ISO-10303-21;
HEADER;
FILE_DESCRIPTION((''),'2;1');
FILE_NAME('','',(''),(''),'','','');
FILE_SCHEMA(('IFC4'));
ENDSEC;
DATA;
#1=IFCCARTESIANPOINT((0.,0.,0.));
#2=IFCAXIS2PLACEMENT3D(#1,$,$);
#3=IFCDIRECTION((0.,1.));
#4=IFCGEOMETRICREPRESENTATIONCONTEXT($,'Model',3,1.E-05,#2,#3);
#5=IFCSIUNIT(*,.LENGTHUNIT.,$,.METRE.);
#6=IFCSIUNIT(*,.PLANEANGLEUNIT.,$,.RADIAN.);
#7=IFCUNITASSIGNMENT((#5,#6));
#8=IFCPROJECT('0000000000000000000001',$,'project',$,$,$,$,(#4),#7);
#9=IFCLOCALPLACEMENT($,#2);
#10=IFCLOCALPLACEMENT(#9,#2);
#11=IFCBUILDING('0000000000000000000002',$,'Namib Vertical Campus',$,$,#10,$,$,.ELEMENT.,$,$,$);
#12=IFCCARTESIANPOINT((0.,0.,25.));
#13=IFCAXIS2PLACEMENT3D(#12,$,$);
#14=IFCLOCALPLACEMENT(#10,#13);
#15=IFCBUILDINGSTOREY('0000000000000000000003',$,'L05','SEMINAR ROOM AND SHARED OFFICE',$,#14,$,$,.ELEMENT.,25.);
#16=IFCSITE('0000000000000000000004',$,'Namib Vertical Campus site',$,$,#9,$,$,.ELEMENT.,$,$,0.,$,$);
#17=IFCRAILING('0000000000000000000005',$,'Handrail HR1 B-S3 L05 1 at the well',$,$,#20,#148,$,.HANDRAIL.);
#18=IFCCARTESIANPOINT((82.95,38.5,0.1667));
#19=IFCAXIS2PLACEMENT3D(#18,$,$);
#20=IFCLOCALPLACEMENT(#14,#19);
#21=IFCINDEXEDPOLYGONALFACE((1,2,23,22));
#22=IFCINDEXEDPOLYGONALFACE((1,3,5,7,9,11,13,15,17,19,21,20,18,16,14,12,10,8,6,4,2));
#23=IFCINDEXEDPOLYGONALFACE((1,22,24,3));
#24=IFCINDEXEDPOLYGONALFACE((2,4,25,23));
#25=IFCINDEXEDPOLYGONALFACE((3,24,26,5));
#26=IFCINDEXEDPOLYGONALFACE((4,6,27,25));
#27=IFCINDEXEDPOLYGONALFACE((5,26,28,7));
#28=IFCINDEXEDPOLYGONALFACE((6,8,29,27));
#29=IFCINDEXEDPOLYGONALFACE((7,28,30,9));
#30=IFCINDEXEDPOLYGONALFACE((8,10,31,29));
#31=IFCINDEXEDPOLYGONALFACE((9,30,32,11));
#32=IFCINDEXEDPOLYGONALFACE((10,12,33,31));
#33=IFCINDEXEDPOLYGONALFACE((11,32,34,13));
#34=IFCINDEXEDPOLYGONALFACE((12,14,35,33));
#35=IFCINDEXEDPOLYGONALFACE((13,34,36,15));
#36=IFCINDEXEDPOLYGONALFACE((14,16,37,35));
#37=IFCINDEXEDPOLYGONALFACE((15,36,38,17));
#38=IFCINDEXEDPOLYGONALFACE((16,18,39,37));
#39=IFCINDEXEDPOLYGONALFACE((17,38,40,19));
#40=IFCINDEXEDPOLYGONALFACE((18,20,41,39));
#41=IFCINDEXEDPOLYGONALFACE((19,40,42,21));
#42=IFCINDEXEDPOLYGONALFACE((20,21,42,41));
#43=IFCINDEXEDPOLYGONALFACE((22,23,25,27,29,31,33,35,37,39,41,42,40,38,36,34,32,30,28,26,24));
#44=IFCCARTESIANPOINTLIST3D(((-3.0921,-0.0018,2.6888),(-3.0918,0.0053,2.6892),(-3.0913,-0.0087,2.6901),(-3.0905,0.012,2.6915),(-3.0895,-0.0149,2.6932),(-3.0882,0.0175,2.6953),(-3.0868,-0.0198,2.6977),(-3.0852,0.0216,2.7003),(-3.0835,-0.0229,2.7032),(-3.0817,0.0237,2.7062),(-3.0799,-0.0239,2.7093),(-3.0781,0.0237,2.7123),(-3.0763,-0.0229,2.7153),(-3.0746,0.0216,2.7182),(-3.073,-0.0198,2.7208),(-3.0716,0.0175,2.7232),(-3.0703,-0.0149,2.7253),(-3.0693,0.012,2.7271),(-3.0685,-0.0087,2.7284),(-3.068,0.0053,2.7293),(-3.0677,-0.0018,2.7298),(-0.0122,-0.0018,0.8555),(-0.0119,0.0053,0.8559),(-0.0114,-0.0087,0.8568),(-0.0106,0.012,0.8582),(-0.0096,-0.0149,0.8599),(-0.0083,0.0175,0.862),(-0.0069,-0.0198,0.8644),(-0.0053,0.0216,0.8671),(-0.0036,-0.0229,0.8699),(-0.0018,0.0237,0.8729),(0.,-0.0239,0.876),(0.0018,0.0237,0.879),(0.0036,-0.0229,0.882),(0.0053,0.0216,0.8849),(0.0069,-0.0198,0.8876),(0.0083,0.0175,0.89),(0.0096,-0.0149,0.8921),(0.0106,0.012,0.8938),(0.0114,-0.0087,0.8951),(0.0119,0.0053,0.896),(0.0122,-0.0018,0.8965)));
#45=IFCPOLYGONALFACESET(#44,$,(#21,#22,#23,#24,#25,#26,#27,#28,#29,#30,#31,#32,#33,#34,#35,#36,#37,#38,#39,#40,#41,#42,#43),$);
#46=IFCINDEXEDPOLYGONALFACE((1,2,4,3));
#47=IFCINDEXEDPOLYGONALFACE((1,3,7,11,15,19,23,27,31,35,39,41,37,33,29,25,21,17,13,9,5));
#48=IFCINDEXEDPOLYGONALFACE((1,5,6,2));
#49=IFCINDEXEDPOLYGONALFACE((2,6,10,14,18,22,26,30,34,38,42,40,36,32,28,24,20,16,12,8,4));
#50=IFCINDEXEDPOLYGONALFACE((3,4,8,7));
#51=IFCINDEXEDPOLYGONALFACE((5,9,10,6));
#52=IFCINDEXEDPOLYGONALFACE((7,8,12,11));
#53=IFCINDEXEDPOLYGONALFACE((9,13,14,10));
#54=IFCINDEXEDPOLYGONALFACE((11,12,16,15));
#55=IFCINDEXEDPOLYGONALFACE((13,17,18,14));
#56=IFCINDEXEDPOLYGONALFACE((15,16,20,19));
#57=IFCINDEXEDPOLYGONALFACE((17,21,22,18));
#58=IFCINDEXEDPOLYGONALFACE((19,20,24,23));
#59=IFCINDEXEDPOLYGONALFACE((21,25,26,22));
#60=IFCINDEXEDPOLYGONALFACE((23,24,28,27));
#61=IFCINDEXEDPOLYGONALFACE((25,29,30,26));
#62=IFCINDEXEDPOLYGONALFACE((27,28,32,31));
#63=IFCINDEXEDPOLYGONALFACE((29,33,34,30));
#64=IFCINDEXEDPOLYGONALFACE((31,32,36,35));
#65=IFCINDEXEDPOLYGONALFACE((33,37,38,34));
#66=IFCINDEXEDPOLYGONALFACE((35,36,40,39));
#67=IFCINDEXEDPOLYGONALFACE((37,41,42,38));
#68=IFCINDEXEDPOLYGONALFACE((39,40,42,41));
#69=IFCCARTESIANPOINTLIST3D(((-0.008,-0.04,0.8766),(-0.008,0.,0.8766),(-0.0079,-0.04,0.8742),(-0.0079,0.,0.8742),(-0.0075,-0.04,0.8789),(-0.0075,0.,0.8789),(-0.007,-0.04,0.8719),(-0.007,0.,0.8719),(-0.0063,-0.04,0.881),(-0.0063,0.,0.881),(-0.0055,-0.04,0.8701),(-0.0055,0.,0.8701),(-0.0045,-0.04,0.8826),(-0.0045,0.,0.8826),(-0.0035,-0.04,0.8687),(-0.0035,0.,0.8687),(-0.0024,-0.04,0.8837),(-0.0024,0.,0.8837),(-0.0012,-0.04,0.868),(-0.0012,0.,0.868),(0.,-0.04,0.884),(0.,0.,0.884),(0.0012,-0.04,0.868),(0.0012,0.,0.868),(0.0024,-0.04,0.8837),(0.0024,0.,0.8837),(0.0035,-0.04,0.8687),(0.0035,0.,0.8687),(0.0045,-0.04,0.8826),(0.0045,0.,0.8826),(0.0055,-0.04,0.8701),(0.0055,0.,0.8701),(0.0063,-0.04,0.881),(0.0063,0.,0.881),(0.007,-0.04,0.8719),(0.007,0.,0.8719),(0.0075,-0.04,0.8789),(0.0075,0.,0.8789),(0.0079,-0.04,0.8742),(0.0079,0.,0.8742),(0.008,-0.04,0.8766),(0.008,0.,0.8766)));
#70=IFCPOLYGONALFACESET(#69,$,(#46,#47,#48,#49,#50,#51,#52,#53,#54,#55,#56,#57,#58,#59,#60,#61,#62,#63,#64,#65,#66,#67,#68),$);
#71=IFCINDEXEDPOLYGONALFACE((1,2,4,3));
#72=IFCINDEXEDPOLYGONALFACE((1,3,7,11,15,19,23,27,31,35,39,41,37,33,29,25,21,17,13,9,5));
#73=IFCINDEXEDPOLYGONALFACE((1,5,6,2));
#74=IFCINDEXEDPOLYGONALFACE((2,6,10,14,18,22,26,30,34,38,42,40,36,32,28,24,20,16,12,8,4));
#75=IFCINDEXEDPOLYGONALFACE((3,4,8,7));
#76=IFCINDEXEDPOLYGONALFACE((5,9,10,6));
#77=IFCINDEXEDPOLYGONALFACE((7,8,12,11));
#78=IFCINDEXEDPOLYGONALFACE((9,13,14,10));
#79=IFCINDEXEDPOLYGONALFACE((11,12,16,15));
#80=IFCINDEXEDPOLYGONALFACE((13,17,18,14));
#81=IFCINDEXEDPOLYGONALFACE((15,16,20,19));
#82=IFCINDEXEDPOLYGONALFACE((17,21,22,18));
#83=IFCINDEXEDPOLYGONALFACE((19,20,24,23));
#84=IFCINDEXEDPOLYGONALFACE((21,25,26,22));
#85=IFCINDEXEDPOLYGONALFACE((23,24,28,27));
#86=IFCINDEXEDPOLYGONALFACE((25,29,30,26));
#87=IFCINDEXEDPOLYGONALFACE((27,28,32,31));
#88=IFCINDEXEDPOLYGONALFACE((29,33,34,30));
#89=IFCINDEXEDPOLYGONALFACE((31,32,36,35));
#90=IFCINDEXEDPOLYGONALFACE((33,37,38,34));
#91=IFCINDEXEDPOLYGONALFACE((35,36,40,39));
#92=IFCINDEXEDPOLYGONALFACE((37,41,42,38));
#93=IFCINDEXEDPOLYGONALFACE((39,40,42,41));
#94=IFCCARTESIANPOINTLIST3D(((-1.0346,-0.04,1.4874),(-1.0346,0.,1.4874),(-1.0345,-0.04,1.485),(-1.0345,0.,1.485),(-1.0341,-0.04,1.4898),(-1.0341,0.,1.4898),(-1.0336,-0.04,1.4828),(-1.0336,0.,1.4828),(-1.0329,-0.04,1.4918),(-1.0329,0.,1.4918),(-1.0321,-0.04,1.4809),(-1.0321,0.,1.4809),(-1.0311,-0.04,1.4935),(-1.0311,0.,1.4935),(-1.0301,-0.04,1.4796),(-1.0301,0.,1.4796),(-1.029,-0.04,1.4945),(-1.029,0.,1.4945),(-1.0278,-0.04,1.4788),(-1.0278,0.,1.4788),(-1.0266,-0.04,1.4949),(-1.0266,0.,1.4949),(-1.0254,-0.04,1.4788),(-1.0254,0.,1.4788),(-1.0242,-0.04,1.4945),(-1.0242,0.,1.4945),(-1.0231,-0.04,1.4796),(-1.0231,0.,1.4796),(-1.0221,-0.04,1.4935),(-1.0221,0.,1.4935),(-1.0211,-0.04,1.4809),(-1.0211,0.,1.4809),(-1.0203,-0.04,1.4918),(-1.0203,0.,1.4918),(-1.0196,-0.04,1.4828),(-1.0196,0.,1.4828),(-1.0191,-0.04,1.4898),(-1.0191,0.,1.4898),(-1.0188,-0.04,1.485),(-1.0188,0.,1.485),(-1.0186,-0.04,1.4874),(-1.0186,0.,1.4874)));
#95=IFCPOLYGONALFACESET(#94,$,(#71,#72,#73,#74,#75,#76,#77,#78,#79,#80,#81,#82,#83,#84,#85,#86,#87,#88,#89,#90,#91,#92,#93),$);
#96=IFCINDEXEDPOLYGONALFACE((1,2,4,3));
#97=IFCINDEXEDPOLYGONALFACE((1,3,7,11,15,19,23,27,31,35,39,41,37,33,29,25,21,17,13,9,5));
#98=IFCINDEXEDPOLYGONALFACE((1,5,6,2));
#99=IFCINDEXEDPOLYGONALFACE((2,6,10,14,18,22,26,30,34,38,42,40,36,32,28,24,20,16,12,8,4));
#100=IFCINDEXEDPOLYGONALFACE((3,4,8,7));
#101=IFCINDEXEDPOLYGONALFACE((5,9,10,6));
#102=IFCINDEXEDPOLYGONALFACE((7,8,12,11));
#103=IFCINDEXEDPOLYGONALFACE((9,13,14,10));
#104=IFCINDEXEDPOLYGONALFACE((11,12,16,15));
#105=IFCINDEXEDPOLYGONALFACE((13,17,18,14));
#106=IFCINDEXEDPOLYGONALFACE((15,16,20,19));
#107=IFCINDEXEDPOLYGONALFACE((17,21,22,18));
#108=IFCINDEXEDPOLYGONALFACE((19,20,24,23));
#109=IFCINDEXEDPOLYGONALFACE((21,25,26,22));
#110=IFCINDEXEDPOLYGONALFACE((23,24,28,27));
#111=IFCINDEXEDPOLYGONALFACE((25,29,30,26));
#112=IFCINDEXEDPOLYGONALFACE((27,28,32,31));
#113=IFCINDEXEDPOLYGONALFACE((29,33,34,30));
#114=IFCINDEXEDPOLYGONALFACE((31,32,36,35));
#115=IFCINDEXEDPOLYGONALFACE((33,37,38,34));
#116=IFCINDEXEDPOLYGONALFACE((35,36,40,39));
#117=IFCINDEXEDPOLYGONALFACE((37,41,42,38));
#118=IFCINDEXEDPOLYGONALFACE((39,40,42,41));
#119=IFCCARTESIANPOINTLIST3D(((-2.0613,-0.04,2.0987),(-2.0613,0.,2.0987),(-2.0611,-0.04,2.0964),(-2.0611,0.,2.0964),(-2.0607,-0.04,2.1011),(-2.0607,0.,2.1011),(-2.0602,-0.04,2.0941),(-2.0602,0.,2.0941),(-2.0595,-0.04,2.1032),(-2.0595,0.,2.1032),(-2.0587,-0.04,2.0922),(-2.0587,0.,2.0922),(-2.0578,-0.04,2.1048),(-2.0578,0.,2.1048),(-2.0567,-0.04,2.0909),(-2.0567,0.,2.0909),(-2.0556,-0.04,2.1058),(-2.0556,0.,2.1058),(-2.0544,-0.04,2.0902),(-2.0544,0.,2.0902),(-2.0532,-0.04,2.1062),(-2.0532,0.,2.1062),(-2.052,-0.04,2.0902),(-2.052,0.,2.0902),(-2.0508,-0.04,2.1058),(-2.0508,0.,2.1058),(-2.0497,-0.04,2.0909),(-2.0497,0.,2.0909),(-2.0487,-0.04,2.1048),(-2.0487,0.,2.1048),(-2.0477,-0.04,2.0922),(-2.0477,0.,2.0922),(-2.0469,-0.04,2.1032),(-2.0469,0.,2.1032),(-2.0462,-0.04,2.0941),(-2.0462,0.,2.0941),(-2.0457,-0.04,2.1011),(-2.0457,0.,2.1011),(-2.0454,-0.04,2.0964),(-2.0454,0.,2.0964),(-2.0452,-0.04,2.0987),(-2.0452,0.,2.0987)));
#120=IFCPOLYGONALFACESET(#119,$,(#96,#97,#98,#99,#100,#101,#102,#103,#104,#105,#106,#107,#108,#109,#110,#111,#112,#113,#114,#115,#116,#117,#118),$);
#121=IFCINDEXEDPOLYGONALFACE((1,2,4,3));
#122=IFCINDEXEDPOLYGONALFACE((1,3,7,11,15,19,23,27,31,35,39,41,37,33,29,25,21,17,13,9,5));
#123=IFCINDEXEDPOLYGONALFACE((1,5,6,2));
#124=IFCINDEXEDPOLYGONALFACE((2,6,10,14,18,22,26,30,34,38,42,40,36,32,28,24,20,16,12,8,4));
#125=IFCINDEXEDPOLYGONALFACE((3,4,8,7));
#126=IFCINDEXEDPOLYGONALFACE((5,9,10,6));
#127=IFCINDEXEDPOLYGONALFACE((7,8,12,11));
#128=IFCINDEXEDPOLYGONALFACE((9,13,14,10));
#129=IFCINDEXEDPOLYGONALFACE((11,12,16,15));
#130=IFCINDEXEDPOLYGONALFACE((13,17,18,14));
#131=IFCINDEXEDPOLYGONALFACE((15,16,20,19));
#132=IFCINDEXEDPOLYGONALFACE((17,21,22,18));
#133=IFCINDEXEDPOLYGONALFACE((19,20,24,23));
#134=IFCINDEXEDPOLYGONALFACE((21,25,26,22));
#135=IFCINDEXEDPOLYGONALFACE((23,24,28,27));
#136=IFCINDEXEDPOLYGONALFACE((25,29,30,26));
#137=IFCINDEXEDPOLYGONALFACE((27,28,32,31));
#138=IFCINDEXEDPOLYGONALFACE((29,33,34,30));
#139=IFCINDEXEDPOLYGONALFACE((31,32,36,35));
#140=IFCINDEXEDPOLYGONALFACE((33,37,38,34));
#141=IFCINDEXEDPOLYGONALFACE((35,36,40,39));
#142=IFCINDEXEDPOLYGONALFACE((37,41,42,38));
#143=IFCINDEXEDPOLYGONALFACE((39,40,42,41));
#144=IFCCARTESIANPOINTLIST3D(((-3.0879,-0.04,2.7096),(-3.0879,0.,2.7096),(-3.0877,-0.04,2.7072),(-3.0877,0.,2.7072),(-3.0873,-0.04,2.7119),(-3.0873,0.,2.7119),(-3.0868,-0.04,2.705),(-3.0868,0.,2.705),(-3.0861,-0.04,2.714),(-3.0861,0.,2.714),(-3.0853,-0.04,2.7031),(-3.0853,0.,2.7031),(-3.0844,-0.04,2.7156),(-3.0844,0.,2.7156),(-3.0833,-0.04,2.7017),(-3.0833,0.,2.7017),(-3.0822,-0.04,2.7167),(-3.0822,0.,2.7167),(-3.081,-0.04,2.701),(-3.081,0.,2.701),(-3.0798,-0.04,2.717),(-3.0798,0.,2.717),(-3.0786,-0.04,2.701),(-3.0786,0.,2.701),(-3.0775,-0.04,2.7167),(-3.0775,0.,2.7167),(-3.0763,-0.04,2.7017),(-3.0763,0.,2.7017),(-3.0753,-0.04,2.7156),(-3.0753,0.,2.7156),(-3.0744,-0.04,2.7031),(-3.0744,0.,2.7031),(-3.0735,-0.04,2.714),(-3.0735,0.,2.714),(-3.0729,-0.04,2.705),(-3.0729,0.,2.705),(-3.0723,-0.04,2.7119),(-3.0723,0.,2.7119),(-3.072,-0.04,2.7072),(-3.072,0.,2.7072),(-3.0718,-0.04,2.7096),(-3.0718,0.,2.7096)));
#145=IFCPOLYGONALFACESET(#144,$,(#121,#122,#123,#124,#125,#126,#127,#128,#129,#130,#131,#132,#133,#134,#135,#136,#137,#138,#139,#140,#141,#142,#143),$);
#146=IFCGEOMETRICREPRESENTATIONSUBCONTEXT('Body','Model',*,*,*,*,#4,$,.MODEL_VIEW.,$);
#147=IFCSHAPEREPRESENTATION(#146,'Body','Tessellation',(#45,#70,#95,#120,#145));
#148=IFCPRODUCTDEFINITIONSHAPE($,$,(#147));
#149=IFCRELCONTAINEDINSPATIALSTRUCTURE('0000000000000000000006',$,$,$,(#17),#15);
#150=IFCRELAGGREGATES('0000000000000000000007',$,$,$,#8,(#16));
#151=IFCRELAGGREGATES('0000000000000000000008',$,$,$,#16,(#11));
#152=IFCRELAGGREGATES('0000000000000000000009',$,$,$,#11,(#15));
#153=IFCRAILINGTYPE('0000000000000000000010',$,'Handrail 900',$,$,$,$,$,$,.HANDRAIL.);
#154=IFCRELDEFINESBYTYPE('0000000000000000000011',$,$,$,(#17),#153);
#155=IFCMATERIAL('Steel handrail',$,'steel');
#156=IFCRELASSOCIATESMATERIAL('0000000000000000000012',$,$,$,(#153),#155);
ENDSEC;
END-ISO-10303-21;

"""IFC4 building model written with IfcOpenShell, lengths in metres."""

from ifc_helpers import new_model, si_unit, direction, frame, origin, origin_2d, place, context, subcontext, project, spatial, circle, extrude, material, type_object, element, save


model = new_model("IFC4")

# Units and contexts
model_context = context("Model", 3, precision=1e-05, world=origin(), true_north=direction((0.0, 1.0)))
body_context = subcontext(model_context, "Body", "Model", "MODEL_VIEW")
ifc_project = project(units=[si_unit("LENGTHUNIT", "METRE"), si_unit("PLANEANGLEUNIT", "RADIAN")], contexts=[model_context])

# Site, building, storey
site_placement = place(None, origin())
site = spatial("IfcSite", under=ifc_project, at=site_placement, Name="Namib Vertical Campus site", CompositionType="ELEMENT", RefElevation=0.0)
building_placement = place(site_placement, origin())
building = spatial("IfcBuilding", under=site, at=building_placement, Name="Namib Vertical Campus", CompositionType="ELEMENT")
storey_placement = place(building_placement, frame((0.0, 0.0, 25.0)))
storey = spatial("IfcBuildingStorey", under=building, at=storey_placement, Name="L05", Description="SEMINAR ROOM AND SHARED OFFICE", CompositionType="ELEMENT", Elevation=25.0)

# Railing
ifc_material_1 = material(Name="Steel handrail", Category="steel")
railing_type_1 = type_object("IfcRailingType", Name="Handrail 900", PredefinedType="HANDRAIL", material=ifc_material_1)
railing_1_placement = place(storey_placement, frame((82.95, 38.5, 0.1667)))
element("IfcRailing", 1, at=railing_1_placement, inside=storey, type_object=railing_type_1, Name="Handrail HR1 B-S3 L05 1 at the well", PredefinedType="HANDRAIL", context=body_context, shape_type="SweptSolid", body=[
    extrude(circle(Radius=0.0239, at=origin_2d()), frame((0.0, 0.0, 0.876), z_axis=(-0.859291, 0.0, 0.511487), x_axis=(0.0, -1.0, 0.0)), (0.0, 0.0, 1.0), 3.5842),
    extrude(circle(Radius=0.0081, at=origin_2d()), frame((0.0, 0.0, 0.876), z_axis=(0.0, -1.0, 0.0), x_axis=(0.0, 0.0, 1.0)), (0.0, 0.0, 1.0), 0.04),
    extrude(circle(Radius=0.0081, at=origin_2d()), frame((-1.0266, 0.0, 1.4868), z_axis=(0.0, -1.0, 0.0), x_axis=(0.0, 0.0, 1.0)), (0.0, 0.0, 1.0), 0.04),
    extrude(circle(Radius=0.0081, at=origin_2d()), frame((-2.0532, 0.0, 2.0981), z_axis=(0.0, -1.0, 0.0), x_axis=(0.0, 0.0, 1.0)), (0.0, 0.0, 1.0), 0.04),
    extrude(circle(Radius=0.0081, at=origin_2d()), frame((-3.0798, 0.0, 2.709), z_axis=(0.0, -1.0, 0.0), x_axis=(0.0, 0.0, 1.0)), (0.0, 0.0, 1.0), 0.04),
])

save(model, "model.ifc")
